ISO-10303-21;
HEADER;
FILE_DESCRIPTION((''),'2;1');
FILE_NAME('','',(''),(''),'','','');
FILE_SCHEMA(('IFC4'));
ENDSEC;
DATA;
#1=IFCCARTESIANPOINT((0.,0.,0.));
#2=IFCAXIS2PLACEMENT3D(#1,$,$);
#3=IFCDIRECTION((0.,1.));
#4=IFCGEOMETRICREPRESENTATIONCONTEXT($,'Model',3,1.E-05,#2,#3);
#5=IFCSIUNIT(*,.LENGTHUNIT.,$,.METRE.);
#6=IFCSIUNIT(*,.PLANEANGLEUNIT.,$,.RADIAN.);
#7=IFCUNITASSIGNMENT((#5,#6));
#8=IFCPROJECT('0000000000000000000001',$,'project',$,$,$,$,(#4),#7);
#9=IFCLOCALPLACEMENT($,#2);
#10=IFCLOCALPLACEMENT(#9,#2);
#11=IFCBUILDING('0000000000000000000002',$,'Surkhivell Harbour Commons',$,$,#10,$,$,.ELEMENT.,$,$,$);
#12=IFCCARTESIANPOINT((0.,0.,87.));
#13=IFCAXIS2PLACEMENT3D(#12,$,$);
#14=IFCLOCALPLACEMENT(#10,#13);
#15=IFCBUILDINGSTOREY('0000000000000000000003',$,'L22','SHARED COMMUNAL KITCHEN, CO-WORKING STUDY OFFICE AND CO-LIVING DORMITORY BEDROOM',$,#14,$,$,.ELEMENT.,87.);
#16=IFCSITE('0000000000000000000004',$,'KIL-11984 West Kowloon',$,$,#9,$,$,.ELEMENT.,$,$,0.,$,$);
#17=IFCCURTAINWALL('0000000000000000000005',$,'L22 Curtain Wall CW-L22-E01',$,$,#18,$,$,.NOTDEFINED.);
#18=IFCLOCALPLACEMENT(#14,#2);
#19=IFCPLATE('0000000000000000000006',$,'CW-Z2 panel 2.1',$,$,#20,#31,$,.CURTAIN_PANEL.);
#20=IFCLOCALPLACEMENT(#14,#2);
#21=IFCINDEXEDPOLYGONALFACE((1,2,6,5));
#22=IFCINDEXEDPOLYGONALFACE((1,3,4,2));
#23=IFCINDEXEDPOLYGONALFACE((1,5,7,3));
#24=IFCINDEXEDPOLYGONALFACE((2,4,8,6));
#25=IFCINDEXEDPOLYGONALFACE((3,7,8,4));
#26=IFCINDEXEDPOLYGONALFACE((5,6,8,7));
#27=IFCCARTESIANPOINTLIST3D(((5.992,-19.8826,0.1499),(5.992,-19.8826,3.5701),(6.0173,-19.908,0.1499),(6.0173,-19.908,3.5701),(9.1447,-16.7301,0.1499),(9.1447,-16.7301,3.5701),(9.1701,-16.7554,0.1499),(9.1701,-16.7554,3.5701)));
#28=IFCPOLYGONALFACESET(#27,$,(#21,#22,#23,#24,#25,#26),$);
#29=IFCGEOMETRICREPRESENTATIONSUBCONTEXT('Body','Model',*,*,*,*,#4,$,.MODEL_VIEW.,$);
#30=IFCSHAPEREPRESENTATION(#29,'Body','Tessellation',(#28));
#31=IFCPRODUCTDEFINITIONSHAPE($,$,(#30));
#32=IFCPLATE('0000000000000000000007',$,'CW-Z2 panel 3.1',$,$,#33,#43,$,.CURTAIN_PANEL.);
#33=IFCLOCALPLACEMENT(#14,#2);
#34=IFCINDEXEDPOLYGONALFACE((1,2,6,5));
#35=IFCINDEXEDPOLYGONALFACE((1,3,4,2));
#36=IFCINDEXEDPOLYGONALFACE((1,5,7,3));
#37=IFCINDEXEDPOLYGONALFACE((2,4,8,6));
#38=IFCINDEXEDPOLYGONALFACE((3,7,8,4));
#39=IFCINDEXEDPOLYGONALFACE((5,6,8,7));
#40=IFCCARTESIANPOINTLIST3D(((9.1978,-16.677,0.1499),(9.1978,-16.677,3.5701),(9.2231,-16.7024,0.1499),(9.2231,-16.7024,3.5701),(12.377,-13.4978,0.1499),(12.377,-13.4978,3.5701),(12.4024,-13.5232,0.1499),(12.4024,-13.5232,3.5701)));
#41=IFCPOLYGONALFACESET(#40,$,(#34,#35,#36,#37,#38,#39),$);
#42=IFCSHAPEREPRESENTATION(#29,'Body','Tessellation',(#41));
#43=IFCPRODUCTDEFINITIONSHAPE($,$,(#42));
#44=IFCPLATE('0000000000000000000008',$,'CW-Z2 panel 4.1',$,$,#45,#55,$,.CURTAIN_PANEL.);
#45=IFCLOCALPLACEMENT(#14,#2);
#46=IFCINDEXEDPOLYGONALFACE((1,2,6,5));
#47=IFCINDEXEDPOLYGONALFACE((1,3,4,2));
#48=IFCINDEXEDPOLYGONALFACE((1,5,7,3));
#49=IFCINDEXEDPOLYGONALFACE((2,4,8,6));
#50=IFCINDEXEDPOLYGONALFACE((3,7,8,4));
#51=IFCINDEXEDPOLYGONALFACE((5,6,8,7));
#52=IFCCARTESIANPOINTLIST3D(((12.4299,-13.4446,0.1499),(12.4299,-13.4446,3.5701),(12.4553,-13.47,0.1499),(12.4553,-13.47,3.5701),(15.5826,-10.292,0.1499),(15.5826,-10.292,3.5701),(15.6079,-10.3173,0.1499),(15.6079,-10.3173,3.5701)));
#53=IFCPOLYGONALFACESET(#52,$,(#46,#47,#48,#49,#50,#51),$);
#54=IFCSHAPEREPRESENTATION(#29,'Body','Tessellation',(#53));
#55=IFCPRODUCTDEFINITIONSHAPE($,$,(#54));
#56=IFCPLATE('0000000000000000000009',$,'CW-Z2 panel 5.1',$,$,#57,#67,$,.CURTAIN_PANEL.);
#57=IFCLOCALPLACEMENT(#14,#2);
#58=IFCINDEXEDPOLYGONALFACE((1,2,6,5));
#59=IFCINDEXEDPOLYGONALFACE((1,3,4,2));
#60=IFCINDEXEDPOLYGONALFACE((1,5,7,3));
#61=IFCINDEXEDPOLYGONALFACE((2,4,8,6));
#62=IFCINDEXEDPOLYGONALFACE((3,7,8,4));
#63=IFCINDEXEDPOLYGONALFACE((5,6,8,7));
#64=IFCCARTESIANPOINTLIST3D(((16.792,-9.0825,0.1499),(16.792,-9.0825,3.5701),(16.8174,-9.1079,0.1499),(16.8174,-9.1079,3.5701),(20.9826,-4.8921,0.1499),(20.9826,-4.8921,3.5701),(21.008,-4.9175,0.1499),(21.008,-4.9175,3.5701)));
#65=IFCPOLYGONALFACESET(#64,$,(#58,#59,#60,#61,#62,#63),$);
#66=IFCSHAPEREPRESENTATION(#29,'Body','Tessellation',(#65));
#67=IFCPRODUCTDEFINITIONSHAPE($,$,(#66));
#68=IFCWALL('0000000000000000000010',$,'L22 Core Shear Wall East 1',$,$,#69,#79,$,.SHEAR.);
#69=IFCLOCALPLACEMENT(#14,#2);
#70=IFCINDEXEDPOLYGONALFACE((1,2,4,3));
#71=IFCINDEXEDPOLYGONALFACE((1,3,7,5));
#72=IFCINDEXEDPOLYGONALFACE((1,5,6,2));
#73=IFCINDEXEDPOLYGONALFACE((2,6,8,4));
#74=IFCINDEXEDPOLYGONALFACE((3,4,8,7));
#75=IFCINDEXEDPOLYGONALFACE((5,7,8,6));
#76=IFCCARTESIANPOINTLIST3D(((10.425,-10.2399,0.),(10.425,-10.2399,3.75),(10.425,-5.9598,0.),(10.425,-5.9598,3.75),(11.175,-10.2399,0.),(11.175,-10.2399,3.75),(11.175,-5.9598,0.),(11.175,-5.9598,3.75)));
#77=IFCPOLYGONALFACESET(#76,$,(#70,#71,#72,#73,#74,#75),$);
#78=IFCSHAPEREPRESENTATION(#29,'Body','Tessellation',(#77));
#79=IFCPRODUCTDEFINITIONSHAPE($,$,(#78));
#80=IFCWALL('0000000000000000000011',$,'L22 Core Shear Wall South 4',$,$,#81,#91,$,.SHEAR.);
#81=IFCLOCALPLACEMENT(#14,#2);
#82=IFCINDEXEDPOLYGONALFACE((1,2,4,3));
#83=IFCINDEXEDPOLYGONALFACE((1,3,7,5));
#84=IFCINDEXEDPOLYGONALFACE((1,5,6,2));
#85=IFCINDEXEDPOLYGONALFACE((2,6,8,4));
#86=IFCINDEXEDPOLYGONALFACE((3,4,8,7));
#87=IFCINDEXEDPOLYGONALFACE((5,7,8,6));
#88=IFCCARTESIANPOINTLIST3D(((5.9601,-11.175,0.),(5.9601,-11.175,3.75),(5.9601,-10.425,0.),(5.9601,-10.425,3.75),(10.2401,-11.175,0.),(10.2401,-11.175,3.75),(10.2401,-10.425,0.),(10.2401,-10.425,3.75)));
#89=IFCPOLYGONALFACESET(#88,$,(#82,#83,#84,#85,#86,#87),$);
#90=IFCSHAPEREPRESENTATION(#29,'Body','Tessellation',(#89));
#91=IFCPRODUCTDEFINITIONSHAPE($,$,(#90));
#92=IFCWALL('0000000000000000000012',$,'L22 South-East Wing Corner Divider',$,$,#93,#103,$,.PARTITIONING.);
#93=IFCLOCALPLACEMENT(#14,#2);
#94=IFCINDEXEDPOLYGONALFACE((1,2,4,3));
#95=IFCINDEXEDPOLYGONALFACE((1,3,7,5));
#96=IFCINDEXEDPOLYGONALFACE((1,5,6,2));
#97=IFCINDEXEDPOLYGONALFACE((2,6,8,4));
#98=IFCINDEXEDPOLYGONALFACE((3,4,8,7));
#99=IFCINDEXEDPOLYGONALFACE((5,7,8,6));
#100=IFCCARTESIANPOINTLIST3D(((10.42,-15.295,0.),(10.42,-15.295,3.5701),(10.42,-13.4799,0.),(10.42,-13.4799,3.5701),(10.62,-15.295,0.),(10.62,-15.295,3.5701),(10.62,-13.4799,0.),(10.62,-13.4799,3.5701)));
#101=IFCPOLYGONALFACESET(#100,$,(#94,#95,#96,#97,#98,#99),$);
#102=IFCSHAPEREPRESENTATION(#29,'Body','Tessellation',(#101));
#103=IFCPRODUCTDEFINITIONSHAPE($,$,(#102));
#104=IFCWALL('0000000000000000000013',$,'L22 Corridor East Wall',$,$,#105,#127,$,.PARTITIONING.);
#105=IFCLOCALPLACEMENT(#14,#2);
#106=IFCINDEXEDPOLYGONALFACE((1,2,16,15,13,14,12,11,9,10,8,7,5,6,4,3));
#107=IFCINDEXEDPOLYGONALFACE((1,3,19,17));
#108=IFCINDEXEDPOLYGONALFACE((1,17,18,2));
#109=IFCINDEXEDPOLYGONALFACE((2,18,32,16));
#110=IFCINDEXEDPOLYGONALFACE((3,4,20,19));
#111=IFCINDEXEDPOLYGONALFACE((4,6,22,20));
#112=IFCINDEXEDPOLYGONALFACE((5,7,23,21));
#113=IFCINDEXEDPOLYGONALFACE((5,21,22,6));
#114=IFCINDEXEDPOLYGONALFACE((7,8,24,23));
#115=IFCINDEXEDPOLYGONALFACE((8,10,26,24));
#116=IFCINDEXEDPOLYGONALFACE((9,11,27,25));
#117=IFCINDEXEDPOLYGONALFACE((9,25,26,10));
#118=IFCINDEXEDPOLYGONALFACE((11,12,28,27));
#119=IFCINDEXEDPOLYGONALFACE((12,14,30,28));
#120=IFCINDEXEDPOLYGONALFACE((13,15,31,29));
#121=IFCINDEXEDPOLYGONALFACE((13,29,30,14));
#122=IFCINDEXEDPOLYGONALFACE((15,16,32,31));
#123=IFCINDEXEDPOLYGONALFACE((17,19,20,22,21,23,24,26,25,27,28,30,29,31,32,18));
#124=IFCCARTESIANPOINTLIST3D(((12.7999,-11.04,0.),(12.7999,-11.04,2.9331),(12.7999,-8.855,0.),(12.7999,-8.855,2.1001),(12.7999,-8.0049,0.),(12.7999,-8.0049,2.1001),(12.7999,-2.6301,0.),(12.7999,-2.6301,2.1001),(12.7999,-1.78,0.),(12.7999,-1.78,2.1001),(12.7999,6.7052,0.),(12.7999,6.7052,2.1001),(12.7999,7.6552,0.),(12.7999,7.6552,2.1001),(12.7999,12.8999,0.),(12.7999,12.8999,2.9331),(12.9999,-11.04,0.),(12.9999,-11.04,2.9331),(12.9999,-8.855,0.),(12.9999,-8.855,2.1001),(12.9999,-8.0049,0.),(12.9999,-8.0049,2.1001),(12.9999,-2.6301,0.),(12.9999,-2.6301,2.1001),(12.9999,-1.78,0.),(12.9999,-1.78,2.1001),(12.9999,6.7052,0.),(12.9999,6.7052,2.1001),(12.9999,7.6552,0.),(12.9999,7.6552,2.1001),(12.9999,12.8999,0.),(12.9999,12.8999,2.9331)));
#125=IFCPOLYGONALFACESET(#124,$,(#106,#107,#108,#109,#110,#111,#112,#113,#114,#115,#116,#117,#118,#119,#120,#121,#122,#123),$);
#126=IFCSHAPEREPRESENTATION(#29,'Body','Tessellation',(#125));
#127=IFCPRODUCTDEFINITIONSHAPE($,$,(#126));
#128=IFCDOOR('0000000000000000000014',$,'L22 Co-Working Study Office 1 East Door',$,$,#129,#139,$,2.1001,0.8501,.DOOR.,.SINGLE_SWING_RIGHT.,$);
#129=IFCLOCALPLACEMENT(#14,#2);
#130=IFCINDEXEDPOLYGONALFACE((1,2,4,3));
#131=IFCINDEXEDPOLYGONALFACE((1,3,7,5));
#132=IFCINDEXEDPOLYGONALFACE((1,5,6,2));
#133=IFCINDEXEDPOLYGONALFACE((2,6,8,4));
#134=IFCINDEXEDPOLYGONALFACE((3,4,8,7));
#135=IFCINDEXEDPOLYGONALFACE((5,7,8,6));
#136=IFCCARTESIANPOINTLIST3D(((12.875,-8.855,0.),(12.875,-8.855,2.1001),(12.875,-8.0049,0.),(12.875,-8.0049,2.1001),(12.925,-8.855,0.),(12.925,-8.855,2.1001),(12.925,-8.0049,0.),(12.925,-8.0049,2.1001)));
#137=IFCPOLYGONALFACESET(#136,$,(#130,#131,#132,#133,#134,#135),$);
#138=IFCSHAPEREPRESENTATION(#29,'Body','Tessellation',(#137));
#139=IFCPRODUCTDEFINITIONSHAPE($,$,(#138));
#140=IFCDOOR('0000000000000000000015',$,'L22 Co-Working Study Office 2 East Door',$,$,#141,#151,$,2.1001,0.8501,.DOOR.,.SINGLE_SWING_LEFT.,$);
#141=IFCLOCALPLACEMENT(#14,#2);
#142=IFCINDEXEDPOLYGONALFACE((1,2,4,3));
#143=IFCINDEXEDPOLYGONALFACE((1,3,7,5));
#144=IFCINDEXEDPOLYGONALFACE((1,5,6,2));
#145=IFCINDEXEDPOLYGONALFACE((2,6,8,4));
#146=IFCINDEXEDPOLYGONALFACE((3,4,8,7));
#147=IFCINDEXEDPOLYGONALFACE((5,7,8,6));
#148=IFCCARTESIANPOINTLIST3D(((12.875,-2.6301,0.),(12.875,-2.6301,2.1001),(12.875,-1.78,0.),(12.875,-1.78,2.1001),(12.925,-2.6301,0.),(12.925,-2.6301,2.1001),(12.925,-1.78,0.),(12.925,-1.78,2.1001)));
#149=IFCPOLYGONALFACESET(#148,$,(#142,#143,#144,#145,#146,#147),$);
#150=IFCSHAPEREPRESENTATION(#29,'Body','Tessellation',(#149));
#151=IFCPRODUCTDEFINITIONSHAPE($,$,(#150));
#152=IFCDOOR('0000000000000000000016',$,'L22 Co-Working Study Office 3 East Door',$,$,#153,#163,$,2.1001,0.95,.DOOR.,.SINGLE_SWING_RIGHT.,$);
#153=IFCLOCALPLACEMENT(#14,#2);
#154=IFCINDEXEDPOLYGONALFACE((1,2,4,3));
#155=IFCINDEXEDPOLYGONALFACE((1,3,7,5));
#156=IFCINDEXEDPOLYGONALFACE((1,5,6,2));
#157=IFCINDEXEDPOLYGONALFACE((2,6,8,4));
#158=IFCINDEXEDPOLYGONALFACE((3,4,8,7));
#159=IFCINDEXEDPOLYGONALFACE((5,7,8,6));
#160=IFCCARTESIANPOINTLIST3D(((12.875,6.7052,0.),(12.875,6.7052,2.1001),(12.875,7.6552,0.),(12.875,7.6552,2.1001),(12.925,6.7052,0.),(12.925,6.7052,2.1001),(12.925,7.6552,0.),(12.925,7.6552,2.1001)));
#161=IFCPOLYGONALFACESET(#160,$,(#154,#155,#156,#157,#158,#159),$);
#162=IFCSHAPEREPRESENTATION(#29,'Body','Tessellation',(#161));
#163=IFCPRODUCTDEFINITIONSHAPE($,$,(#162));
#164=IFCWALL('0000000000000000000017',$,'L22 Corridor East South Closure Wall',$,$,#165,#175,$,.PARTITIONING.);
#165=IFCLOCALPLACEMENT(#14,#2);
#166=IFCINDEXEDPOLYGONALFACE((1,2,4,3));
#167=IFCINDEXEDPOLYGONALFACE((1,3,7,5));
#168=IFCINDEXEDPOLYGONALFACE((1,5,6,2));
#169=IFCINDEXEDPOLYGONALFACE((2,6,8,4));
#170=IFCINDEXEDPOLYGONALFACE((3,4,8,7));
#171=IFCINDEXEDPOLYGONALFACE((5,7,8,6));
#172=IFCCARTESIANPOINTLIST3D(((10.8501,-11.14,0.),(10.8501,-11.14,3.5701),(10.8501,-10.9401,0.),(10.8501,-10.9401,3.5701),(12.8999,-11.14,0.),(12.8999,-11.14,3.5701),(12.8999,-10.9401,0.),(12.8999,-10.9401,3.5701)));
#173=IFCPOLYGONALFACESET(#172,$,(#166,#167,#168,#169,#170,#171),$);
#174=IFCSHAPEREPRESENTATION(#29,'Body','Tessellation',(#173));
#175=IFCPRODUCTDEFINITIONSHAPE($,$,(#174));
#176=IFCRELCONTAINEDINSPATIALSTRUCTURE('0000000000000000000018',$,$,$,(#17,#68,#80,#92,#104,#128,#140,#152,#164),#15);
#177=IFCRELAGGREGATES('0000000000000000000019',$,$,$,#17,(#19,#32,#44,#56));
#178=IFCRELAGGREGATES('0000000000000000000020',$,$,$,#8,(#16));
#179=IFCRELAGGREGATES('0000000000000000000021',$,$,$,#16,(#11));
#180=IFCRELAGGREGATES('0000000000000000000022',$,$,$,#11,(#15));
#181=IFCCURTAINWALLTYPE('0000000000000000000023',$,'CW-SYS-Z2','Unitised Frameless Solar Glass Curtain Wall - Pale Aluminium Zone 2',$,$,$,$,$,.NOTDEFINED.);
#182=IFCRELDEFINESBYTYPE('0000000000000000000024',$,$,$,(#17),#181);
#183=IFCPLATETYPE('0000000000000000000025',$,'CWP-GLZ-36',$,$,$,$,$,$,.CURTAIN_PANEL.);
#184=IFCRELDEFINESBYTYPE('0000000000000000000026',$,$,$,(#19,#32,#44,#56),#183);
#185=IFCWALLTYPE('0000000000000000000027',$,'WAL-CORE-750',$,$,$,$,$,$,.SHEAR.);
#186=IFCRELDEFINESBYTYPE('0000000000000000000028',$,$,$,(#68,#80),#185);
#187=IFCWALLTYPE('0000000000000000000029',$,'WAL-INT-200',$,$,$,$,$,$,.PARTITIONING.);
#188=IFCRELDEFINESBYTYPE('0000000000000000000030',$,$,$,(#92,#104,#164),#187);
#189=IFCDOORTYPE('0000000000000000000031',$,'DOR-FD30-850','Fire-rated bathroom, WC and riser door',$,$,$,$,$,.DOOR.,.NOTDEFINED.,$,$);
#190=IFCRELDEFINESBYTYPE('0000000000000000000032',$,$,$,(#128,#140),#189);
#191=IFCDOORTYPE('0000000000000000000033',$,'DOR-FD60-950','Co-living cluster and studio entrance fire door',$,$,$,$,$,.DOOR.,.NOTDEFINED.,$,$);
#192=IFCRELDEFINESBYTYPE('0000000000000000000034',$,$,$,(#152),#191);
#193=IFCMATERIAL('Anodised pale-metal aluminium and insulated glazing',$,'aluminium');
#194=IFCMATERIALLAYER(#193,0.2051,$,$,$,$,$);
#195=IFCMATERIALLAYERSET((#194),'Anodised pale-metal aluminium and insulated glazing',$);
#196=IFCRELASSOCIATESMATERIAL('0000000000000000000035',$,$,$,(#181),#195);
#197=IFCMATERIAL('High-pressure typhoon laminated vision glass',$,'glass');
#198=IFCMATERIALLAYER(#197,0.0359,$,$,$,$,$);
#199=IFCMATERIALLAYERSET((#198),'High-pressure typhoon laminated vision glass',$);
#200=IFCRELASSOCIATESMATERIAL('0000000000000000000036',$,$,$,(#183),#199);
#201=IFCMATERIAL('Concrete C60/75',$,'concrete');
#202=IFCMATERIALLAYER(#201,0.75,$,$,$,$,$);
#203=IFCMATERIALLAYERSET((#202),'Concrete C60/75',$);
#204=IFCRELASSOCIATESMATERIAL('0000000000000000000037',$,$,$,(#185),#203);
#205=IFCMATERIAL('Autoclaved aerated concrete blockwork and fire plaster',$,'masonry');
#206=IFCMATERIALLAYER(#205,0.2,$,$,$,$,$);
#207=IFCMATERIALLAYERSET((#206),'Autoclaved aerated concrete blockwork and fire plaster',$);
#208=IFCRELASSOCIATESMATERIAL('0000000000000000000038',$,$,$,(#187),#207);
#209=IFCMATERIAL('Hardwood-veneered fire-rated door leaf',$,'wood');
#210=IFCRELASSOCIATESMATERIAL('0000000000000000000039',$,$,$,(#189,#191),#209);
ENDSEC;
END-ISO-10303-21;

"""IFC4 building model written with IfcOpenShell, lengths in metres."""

from ifc_helpers import new_model, si_unit, direction, frame, frame_2d, origin, place, context, subcontext, project, spatial, rectangle, extrude, material, layer, layer_set, type_object, element, fill, aggregate, save


model = new_model("IFC4")

# Units and contexts
model_context = context("Model", 3, precision=1e-05, world=origin(), true_north=direction((0.0, 1.0)))
body_context = subcontext(model_context, "Body", "Model", "MODEL_VIEW")
ifc_project = project(units=[si_unit("LENGTHUNIT", "METRE"), si_unit("PLANEANGLEUNIT", "RADIAN")], contexts=[model_context])

# Site, building, storey
site_placement = place(None, origin())
site = spatial("IfcSite", under=ifc_project, at=site_placement, Name="KIL-11984 West Kowloon", CompositionType="ELEMENT", RefElevation=0.0)
building_placement = place(site_placement, origin())
building = spatial("IfcBuilding", under=site, at=building_placement, Name="Surkhivell Harbour Commons", CompositionType="ELEMENT")
storey_placement = place(building_placement, frame((0.0, 0.0, 87.0)))
storey = spatial("IfcBuildingStorey", under=building, at=storey_placement, Name="L22", Description="SHARED COMMUNAL KITCHEN, CO-WORKING STUDY OFFICE AND CO-LIVING DORMITORY BEDROOM", CompositionType="ELEMENT", Elevation=87.0)

# Shared definitions
ifc_material_1 = material(Name="Concrete C60/75", Category="concrete")

# Curtain wall, plates
ifc_material_2 = material(Name="Anodised pale-metal aluminium and insulated glazing", Category="aluminium")
ifc_layer_1 = layer(ifc_material_2, 0.2051)
ifc_layer_set_1 = layer_set([ifc_layer_1], Name="Anodised pale-metal aluminium and insulated glazing")
curtain_wall_type = type_object("IfcCurtainWallType", Name="CW-SYS-Z2", Description="Unitised Frameless Solar Glass Curtain Wall - Pale Aluminium Zone 2", PredefinedType="NOTDEFINED", material=ifc_layer_set_1)
curtain_wall_placement = place(storey_placement, origin())
curtain_wall = element("IfcCurtainWall", 1, at=curtain_wall_placement, inside=storey, type_object=curtain_wall_type, Name="L22 Curtain Wall CW-L22-E01", PredefinedType="NOTDEFINED")
ifc_material_3 = material(Name="High-pressure typhoon laminated vision glass", Category="glass")
ifc_layer_2 = layer(ifc_material_3, 0.0359)
ifc_layer_set_2 = layer_set([ifc_layer_2], Name="High-pressure typhoon laminated vision glass")
plate_type = type_object("IfcPlateType", Name="CWP-GLZ-36", PredefinedType="CURTAIN_PANEL", material=ifc_layer_set_2)
plate_1_placement = place(storey_placement, frame((6.0046, -19.8953, 0.1499), z_axis=(0.0, 0.0, 1.0), x_axis=(0.707134, 0.707079, 0.0)))
plate_1 = element("IfcPlate", 2, at=plate_1_placement, type_object=plate_type, Name="CW-Z2 panel 2.1", PredefinedType="CURTAIN_PANEL", context=body_context, shape_type="SweptSolid", body=[
    extrude(rectangle(XDim=4.4585, YDim=0.0359, at=frame_2d((2.2292, 0.0))), origin(), (0.0, 0.0, 1.0), 3.4202),
])
plate_2_placement = place(storey_placement, frame((9.2104, -16.6897, 0.1499), z_axis=(0.0, 0.0, 1.0), x_axis=(0.707107, 0.707107, 0.0)))
plate_2 = element("IfcPlate", 3, at=plate_2_placement, type_object=plate_type, Name="CW-Z2 panel 3.1", PredefinedType="CURTAIN_PANEL", context=body_context, shape_type="SweptSolid", body=[
    extrude(rectangle(XDim=4.4961, YDim=0.0359, at=frame_2d((2.248, 0.0))), origin(), (0.0, 0.0, 1.0), 3.4202),
])
plate_3_placement = place(storey_placement, frame((12.4426, -13.4573, 0.1499), z_axis=(0.0, 0.0, 1.0), x_axis=(0.707107, 0.707107, 0.0)))
plate_3 = element("IfcPlate", 4, at=plate_3_placement, type_object=plate_type, Name="CW-Z2 panel 4.1", PredefinedType="CURTAIN_PANEL", context=body_context, shape_type="SweptSolid", body=[
    extrude(rectangle(XDim=4.4585, YDim=0.0359, at=frame_2d((2.2292, 0.0))), origin(), (0.0, 0.0, 1.0), 3.4202),
])
plate_4_placement = place(storey_placement, frame((16.8047, -9.0952, 0.1499), z_axis=(0.0, 0.0, 1.0), x_axis=(0.707127, 0.707086, 0.0)))
plate_4 = element("IfcPlate", 5, at=plate_4_placement, type_object=plate_type, Name="CW-Z2 panel 5.1", PredefinedType="CURTAIN_PANEL", context=body_context, shape_type="SweptSolid", body=[
    extrude(rectangle(XDim=5.9263, YDim=0.0359, at=frame_2d((2.9631, 0.0))), origin(), (0.0, 0.0, 1.0), 3.4202),
])
aggregate(curtain_wall, [plate_1, plate_2, plate_3, plate_4])

# Walls
ifc_layer_3 = layer(ifc_material_1, 0.75)
ifc_layer_set_3 = layer_set([ifc_layer_3], Name="Concrete C60/75")
wall_type_1 = type_object("IfcWallType", Name="WAL-CORE-750", PredefinedType="SHEAR", material=ifc_layer_set_3)
for number, where, z_axis, x_axis, name in (
    (6, (10.8, -10.24, 0.0), (0.0, 0.0, 1.0), (0.0, 1.0, 0.0), "L22 Core Shear Wall East 1"),
    (7, (5.96, -10.8, 0.0), (0.0, 0.0, 1.0), (1.0, 0.0, 0.0), "L22 Core Shear Wall South 4"),
):
    element("IfcWall", number, at=place(storey_placement, frame(where, z_axis=z_axis, x_axis=x_axis)), inside=storey, type_object=wall_type_1, Name=name, PredefinedType="SHEAR", context=body_context, shape_type="SweptSolid", body=[
        extrude(rectangle(XDim=4.28, YDim=0.75, at=frame_2d((2.1401, 0.0))), origin(), (0.0, 0.0, 1.0), 3.75),
    ])
ifc_material_4 = material(Name="Autoclaved aerated concrete blockwork and fire plaster", Category="masonry")
ifc_layer_4 = layer(ifc_material_4, 0.2)
ifc_layer_set_4 = layer_set([ifc_layer_4], Name="Autoclaved aerated concrete blockwork and fire plaster")
wall_type_2 = type_object("IfcWallType", Name="WAL-INT-200", PredefinedType="PARTITIONING", material=ifc_layer_set_4)
wall_1_placement = place(storey_placement, frame((10.52, -15.2952, 0.0), z_axis=(0.0, 0.0, 1.0), x_axis=(0.0, 1.0, 0.0)))
element("IfcWall", 8, at=wall_1_placement, inside=storey, type_object=wall_type_2, Name="L22 South-East Wing Corner Divider", PredefinedType="PARTITIONING", context=body_context, shape_type="SweptSolid", body=[
    extrude(rectangle(XDim=1.8152, YDim=0.2, at=frame_2d((0.9077, 0.0))), origin(), (0.0, 0.0, 1.0), 3.5701),
])

# Wall, openings, doors
wall_2_placement = place(storey_placement, frame((12.8999, -11.04, 0.0), z_axis=(0.0, 0.0, 1.0), x_axis=(0.0, 1.0, 0.0)))
wall_2 = element("IfcWall", 9, at=wall_2_placement, inside=storey, type_object=wall_type_2, Name="L22 Corridor East Wall", PredefinedType="PARTITIONING", context=body_context, shape_type="SweptSolid", body=[
    extrude(rectangle(XDim=23.9399, YDim=0.2, at=frame_2d((11.97, 0.0))), origin(), (0.0, 0.0, 1.0), 2.9331),
])
opening_1_placement = place(wall_2_placement, frame((2.1851, 0.0, 0.0)))
opening_1 = element("IfcOpeningElement", 10, at=opening_1_placement, cuts=wall_2, PredefinedType="OPENING", context=body_context, shape_type="SweptSolid", body=[
    extrude(rectangle(XDim=0.8501, YDim=2.1001, at=frame_2d((0.425, 1.05))), frame((0.0, 0.1099, 0.0), z_axis=(0.0, -1.0, 0.0), x_axis=(1.0, 0.0, 0.0)), (0.0, 0.0, 1.0), 0.22),
])
opening_2_placement = place(wall_2_placement, frame((8.4099, 0.0, 0.0)))
opening_2 = element("IfcOpeningElement", 11, at=opening_2_placement, cuts=wall_2, PredefinedType="OPENING", context=body_context, shape_type="SweptSolid", body=[
    extrude(rectangle(XDim=0.8501, YDim=2.1001, at=frame_2d((0.425, 1.05))), frame((0.0, 0.1099, 0.0), z_axis=(0.0, -1.0, 0.0), x_axis=(1.0, 0.0, 0.0)), (0.0, 0.0, 1.0), 0.22),
])
opening_3_placement = place(wall_2_placement, frame((17.7451, 0.0, 0.0)))
opening_3 = element("IfcOpeningElement", 12, at=opening_3_placement, cuts=wall_2, PredefinedType="OPENING", context=body_context, shape_type="SweptSolid", body=[
    extrude(rectangle(XDim=0.95, YDim=2.1001, at=frame_2d((0.4751, 1.05))), frame((0.0, 0.1099, 0.0), z_axis=(0.0, -1.0, 0.0), x_axis=(1.0, 0.0, 0.0)), (0.0, 0.0, 1.0), 0.22),
])
ifc_material_5 = material(Name="Hardwood-veneered fire-rated door leaf", Category="wood")
door_type_1 = type_object("IfcDoorType", Name="DOR-FD30-850", Description="Fire-rated bathroom, WC and riser door", OperationType="NOTDEFINED", PredefinedType="DOOR", material=ifc_material_5)
door_1_placement = place(opening_1_placement, origin())
door_1 = element("IfcDoor", 13, at=door_1_placement, inside=storey, type_object=door_type_1, Name="L22 Co-Working Study Office 1 East Door", OperationType="SINGLE_SWING_RIGHT", OverallHeight=2.1001, OverallWidth=0.8501, PredefinedType="DOOR", context=body_context, shape_type="SweptSolid", body=[
    extrude(rectangle(XDim=0.8501, YDim=2.1001, at=frame_2d((0.425, 1.05))), frame((0.0, 0.0249, 0.0), z_axis=(0.0, -1.0, 0.0), x_axis=(1.0, 0.0, 0.0)), (0.0, 0.0, 1.0), 0.05),
])
fill(opening_1, door_1)
door_2_placement = place(opening_2_placement, origin())
door_2 = element("IfcDoor", 14, at=door_2_placement, inside=storey, type_object=door_type_1, Name="L22 Co-Working Study Office 2 East Door", OperationType="SINGLE_SWING_LEFT", OverallHeight=2.1001, OverallWidth=0.8501, PredefinedType="DOOR", context=body_context, shape_type="SweptSolid", body=[
    extrude(rectangle(XDim=0.8501, YDim=2.1001, at=frame_2d((0.425, 1.05))), frame((0.0, 0.0249, 0.0), z_axis=(0.0, -1.0, 0.0), x_axis=(1.0, 0.0, 0.0)), (0.0, 0.0, 1.0), 0.05),
])
fill(opening_2, door_2)
door_type_2 = type_object("IfcDoorType", Name="DOR-FD60-950", Description="Co-living cluster and studio entrance fire door", OperationType="NOTDEFINED", PredefinedType="DOOR", material=ifc_material_5)
door_3_placement = place(opening_3_placement, origin())
door_3 = element("IfcDoor", 15, at=door_3_placement, inside=storey, type_object=door_type_2, Name="L22 Co-Working Study Office 3 East Door", OperationType="SINGLE_SWING_RIGHT", OverallHeight=2.1001, OverallWidth=0.95, PredefinedType="DOOR", context=body_context, shape_type="SweptSolid", body=[
    extrude(rectangle(XDim=0.95, YDim=2.1001, at=frame_2d((0.4751, 1.05))), frame((0.0, 0.0249, 0.0), z_axis=(0.0, -1.0, 0.0), x_axis=(1.0, 0.0, 0.0)), (0.0, 0.0, 1.0), 0.05),
])
fill(opening_3, door_3)

# Wall
wall_3_placement = place(storey_placement, frame((10.8501, -11.04, 0.0), z_axis=(0.0, 0.0, 1.0), x_axis=(1.0, 0.0, 0.0)))
element("IfcWall", 16, at=wall_3_placement, inside=storey, type_object=wall_type_2, Name="L22 Corridor East South Closure Wall", PredefinedType="PARTITIONING", context=body_context, shape_type="SweptSolid", body=[
    extrude(rectangle(XDim=2.0498, YDim=0.2, at=frame_2d((1.0249, 0.0))), origin(), (0.0, 0.0, 1.0), 3.5701),
])

save(model, "model.ifc")
